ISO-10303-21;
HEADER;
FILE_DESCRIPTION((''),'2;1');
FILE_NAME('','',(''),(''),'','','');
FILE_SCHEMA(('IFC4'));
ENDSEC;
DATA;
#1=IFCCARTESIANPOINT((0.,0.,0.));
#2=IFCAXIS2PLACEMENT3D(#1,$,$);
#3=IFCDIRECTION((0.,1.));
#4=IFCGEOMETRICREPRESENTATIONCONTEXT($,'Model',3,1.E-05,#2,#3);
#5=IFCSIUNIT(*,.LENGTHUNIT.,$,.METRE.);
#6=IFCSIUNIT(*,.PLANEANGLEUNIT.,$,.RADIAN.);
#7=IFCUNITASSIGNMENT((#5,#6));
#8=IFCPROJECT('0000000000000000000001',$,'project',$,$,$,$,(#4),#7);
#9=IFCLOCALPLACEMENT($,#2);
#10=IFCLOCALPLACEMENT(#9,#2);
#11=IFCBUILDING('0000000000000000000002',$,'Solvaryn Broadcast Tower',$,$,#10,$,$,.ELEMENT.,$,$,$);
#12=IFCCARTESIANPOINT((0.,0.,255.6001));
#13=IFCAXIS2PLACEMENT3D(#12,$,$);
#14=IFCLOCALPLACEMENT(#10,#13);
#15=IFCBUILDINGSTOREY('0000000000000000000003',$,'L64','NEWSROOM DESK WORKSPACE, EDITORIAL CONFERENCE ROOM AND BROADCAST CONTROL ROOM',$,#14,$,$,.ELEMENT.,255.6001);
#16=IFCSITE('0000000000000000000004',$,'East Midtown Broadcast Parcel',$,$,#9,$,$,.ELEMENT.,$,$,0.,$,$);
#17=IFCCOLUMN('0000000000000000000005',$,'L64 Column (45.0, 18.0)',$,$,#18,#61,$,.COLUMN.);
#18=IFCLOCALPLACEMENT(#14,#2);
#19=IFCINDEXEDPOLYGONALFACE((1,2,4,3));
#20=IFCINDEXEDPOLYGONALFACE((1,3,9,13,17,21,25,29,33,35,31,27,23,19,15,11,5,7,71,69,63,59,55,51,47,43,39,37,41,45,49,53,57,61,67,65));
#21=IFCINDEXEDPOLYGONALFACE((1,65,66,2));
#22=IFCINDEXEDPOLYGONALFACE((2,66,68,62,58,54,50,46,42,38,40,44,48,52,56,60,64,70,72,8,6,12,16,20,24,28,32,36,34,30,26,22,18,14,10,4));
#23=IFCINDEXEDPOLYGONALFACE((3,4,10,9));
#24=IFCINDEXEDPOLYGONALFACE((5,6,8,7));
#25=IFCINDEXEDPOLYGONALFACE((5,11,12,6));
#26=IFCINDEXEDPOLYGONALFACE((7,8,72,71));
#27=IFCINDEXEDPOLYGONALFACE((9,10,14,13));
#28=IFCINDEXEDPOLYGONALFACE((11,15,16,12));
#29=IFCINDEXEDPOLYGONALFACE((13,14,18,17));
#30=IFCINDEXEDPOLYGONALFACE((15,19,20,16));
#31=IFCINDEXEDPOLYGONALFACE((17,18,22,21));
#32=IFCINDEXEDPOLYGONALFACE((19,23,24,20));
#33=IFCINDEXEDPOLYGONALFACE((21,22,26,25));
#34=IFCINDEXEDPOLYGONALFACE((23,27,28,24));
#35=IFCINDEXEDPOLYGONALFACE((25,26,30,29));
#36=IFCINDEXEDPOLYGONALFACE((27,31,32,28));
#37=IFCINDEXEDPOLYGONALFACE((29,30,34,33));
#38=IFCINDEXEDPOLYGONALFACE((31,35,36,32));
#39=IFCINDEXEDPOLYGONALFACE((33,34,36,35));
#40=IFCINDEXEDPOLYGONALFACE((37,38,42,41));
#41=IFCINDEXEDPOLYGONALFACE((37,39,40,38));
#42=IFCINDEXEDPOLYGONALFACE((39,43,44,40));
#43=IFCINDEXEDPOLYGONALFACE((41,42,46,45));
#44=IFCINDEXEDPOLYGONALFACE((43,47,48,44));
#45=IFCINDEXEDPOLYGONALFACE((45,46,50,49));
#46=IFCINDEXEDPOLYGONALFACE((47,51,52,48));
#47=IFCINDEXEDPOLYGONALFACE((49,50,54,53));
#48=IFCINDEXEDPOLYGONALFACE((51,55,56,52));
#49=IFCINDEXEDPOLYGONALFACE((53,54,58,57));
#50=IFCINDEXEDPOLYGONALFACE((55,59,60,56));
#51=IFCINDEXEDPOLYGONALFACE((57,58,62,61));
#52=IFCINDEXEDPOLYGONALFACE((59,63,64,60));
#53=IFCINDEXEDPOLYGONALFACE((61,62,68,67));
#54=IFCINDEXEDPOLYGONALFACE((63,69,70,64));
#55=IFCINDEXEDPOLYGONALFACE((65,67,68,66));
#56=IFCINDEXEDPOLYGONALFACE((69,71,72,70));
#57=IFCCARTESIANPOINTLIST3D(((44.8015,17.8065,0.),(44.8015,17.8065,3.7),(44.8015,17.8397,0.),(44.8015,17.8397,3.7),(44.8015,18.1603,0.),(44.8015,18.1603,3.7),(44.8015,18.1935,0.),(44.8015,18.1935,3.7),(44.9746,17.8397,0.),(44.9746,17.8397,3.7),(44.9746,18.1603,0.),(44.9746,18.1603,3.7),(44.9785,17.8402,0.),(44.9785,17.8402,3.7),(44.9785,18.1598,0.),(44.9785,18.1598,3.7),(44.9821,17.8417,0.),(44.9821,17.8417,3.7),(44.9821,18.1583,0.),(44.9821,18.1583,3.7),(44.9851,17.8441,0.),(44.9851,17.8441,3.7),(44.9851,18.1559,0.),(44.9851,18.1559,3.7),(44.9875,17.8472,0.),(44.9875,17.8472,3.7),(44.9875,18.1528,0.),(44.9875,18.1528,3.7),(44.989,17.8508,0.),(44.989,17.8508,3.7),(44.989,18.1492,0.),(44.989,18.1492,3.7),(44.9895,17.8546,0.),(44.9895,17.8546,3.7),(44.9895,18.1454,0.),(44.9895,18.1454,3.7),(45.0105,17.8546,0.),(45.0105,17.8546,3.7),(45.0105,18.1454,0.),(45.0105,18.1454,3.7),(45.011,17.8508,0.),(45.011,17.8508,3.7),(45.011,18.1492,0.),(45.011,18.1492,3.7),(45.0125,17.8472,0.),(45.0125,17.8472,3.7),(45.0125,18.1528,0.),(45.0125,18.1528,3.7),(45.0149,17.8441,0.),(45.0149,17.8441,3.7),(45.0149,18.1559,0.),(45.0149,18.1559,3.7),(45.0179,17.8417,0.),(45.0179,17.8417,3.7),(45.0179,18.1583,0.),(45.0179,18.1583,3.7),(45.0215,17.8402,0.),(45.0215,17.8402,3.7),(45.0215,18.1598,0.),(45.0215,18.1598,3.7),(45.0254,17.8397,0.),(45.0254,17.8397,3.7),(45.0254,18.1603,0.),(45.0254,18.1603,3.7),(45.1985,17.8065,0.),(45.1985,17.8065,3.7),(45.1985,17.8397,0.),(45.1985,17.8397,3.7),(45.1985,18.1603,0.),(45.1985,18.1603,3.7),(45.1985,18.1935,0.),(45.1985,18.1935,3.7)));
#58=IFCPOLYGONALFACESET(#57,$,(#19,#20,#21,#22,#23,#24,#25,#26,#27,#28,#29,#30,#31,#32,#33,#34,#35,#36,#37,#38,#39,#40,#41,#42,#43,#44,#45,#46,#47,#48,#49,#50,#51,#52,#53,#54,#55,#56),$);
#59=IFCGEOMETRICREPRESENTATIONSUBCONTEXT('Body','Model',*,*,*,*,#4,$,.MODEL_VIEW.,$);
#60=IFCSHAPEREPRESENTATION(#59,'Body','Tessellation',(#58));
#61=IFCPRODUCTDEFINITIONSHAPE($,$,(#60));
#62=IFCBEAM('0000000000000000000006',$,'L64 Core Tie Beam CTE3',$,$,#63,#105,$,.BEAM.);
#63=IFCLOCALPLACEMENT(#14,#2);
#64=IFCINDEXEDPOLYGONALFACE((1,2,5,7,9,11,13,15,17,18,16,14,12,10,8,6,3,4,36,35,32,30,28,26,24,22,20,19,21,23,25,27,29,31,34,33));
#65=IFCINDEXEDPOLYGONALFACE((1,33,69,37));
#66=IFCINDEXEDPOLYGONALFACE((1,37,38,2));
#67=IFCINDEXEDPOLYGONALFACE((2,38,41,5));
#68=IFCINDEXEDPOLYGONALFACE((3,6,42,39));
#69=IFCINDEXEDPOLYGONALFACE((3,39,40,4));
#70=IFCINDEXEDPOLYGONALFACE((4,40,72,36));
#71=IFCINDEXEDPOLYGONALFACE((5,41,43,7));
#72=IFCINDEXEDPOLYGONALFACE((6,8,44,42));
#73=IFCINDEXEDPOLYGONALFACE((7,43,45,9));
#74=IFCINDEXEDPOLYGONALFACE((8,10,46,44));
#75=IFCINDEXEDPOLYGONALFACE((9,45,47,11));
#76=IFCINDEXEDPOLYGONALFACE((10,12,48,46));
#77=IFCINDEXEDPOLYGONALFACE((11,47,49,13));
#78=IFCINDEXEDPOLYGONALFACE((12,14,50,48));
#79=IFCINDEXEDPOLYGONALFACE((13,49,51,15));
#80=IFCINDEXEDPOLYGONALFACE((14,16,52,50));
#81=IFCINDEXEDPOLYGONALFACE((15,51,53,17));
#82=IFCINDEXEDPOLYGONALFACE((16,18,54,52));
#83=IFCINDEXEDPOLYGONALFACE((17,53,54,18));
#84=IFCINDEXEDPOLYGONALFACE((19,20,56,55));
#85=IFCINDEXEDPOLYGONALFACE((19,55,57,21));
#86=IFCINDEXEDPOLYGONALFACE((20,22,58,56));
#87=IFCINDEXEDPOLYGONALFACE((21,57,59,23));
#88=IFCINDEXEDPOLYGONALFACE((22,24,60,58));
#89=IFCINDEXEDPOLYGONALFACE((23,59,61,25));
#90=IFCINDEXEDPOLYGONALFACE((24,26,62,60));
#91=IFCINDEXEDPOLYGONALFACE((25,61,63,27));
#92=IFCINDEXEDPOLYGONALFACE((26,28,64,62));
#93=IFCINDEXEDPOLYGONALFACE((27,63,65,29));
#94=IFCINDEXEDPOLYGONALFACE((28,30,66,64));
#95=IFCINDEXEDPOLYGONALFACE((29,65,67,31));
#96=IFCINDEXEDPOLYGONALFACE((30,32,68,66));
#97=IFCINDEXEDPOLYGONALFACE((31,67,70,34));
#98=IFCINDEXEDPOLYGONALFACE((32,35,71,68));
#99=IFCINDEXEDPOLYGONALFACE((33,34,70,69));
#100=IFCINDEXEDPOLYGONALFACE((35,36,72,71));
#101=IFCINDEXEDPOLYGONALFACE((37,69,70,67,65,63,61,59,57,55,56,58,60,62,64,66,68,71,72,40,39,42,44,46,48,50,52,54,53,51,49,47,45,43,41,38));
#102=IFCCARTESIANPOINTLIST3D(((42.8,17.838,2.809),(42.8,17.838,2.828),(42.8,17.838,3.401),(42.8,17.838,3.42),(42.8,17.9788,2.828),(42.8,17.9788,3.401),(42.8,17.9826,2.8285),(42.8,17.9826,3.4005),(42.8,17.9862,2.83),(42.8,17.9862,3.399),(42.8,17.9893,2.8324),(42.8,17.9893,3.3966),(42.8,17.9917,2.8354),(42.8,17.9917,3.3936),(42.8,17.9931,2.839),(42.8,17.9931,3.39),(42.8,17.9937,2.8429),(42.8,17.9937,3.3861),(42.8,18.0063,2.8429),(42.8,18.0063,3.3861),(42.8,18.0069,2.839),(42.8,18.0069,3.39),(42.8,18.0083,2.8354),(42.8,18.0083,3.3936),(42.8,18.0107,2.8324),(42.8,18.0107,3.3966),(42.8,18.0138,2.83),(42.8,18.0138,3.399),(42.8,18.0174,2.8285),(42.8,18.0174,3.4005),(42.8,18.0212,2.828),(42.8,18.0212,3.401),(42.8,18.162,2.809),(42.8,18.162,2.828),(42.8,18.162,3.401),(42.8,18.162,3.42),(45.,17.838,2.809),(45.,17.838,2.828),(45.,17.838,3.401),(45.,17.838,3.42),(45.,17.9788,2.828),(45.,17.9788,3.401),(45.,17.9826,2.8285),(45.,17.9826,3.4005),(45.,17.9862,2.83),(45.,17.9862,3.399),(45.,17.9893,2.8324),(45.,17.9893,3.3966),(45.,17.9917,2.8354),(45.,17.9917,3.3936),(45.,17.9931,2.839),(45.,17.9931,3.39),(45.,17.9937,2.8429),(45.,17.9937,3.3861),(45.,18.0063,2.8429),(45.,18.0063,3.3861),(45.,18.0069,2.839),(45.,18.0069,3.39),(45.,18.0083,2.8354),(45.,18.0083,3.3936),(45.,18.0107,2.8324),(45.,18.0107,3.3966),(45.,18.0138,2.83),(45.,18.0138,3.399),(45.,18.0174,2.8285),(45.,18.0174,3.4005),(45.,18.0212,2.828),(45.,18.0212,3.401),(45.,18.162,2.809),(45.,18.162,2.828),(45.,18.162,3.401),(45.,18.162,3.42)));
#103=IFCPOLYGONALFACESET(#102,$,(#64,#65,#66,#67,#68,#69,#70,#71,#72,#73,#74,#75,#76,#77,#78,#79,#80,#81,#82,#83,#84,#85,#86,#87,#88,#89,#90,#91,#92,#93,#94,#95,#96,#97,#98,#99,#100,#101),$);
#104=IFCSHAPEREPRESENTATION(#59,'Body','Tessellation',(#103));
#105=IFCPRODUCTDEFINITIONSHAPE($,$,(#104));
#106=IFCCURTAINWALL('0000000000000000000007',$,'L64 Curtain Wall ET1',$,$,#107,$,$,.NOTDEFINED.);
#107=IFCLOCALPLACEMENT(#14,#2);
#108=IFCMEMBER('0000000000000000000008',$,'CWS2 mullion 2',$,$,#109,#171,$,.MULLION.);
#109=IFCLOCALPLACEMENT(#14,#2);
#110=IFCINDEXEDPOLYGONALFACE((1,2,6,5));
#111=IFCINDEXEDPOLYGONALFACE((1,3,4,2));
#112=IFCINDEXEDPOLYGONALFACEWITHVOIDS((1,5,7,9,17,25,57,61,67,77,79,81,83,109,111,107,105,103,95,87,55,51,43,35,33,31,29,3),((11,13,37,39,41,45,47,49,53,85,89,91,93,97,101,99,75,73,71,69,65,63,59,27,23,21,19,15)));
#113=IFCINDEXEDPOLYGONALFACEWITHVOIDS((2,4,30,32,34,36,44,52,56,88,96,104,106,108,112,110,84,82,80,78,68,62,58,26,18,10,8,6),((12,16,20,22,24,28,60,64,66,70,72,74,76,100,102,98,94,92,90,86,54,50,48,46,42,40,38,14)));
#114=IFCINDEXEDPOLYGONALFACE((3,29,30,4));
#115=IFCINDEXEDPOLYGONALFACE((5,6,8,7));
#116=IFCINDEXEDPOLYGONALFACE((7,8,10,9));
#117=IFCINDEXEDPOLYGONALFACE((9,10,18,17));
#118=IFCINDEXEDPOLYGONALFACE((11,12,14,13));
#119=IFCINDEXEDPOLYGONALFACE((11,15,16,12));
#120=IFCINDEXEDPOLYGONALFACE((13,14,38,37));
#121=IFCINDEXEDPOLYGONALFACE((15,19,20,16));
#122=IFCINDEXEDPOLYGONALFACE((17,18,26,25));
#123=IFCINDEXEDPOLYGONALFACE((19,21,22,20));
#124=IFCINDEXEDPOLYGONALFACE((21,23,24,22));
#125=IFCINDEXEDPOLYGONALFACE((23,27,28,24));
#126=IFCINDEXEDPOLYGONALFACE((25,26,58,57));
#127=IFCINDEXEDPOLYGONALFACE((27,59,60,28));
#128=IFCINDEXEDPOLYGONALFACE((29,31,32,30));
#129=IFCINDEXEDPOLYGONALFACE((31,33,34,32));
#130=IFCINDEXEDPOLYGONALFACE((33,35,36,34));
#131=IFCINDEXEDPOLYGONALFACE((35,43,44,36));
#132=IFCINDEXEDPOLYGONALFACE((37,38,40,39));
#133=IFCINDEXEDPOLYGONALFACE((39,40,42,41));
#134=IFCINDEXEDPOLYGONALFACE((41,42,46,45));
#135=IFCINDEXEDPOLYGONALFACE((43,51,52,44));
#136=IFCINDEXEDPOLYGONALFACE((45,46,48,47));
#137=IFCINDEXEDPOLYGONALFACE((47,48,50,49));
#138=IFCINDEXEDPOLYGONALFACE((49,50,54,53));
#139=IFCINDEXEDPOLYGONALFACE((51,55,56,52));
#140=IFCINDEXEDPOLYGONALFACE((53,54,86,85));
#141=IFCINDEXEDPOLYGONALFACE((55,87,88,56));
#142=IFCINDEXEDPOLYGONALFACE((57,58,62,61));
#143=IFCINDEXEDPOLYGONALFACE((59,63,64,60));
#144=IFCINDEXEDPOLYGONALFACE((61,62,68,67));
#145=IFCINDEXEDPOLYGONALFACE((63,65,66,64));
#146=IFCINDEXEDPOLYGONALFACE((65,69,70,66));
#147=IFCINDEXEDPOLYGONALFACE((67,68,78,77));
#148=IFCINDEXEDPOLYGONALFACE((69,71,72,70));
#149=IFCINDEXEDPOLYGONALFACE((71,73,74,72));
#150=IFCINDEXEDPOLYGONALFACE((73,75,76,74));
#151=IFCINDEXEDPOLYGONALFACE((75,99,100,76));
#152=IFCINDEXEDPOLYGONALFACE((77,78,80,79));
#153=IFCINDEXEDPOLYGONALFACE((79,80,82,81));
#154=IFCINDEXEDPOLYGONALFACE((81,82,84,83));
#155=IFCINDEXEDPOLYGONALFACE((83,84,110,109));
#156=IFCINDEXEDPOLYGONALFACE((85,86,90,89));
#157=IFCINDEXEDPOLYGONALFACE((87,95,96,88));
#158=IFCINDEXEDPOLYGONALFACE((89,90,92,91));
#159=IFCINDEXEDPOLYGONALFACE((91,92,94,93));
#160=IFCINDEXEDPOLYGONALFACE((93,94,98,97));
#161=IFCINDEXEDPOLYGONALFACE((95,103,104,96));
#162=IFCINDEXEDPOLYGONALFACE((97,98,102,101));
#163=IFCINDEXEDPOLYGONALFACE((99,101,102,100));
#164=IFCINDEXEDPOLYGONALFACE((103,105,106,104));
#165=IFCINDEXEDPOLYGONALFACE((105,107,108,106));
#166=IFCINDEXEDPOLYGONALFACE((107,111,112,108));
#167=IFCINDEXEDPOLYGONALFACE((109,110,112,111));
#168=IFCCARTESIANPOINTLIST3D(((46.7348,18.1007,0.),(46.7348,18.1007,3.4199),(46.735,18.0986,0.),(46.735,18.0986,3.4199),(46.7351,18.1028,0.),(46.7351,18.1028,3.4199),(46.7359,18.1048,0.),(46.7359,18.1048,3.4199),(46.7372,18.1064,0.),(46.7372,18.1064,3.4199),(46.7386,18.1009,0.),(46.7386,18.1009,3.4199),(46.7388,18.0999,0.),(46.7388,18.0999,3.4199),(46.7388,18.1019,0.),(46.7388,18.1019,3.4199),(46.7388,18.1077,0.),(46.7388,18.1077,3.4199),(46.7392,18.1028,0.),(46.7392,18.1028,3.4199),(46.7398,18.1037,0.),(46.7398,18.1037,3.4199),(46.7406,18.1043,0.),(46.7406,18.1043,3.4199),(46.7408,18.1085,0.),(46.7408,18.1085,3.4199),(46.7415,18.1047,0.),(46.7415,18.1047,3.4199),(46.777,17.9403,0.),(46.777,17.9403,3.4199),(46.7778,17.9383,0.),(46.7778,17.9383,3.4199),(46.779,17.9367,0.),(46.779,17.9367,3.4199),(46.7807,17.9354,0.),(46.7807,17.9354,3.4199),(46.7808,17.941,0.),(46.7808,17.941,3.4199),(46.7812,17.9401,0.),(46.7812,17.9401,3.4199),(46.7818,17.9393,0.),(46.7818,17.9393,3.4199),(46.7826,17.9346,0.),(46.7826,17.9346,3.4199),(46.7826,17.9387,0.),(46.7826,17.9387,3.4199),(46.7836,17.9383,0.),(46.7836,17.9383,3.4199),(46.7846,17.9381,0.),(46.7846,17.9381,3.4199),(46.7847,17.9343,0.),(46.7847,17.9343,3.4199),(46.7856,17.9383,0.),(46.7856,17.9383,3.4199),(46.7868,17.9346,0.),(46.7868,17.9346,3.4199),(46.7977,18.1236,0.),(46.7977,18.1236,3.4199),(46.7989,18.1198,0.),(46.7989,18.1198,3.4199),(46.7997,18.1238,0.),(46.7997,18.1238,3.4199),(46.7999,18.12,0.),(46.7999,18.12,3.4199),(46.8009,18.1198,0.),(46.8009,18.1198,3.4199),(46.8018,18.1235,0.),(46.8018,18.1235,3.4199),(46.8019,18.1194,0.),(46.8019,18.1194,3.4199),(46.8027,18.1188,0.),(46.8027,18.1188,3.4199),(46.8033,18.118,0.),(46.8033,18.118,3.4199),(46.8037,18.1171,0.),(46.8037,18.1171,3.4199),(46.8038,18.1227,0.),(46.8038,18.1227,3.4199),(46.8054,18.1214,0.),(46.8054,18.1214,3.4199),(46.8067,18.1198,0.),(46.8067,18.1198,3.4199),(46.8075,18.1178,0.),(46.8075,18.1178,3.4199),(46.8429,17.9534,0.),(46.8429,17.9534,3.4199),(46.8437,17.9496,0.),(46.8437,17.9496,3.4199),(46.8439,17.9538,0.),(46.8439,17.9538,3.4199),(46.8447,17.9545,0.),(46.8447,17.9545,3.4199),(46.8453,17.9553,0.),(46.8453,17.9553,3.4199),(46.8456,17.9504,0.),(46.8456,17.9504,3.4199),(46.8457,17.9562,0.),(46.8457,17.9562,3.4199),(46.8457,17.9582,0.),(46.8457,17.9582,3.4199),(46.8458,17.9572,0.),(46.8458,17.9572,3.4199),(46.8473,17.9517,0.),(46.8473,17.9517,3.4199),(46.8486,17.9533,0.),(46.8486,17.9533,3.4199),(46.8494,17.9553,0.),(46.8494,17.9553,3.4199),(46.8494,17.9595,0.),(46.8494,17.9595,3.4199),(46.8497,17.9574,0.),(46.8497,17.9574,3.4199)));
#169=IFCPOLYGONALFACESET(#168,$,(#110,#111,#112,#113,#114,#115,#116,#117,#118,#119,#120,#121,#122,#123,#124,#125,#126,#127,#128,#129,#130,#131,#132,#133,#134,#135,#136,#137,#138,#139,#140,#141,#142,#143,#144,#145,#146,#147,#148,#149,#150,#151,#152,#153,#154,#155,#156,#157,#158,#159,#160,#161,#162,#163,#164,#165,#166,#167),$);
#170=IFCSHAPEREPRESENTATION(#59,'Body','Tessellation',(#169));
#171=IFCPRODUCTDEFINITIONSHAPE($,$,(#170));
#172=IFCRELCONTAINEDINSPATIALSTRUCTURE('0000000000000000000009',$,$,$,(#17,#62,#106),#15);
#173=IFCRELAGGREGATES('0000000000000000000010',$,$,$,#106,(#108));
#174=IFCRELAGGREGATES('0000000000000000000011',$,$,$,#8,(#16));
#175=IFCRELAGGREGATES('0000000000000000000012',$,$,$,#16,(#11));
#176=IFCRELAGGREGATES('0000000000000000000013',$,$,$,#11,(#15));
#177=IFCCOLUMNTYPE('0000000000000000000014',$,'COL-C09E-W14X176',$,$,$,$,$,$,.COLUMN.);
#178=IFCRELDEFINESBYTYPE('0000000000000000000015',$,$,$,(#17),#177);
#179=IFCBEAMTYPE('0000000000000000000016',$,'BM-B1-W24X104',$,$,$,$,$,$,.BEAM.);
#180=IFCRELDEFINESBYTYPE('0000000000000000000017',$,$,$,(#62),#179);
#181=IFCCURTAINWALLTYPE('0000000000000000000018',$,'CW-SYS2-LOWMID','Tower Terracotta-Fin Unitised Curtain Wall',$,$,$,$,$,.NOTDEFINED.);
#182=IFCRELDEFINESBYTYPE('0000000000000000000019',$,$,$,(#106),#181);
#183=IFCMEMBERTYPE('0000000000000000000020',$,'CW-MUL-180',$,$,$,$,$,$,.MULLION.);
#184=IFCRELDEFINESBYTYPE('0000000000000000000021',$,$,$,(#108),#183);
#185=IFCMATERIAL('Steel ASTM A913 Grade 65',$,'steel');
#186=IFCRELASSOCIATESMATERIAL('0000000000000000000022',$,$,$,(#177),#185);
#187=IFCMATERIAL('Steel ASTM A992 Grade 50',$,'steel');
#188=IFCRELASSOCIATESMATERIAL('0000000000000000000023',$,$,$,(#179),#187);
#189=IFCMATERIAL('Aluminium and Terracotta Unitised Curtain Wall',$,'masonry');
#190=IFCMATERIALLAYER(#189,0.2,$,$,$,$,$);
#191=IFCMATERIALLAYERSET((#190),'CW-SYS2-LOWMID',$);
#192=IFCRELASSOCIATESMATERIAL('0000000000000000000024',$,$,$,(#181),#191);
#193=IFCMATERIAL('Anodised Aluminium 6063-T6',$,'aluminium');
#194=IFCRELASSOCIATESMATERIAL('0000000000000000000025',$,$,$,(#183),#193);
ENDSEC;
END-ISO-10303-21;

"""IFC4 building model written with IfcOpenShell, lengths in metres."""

from ifc_helpers import new_model, si_unit, direction, frame, origin, origin_2d, place, context, subcontext, project, spatial, hollow_rectangle, i_section, extrude, material, layer, layer_set, material_profile, profile_set, type_object, element, aggregate, save


model = new_model("IFC4")

# Units and contexts
model_context = context("Model", 3, precision=1e-05, world=origin(), true_north=direction((0.0, 1.0)))
body_context = subcontext(model_context, "Body", "Model", "MODEL_VIEW")
ifc_project = project(units=[si_unit("LENGTHUNIT", "METRE"), si_unit("PLANEANGLEUNIT", "RADIAN")], contexts=[model_context])

# Site, building, storey
site_placement = place(None, origin())
site = spatial("IfcSite", under=ifc_project, at=site_placement, Name="East Midtown Broadcast Parcel", CompositionType="ELEMENT", RefElevation=0.0)
building_placement = place(site_placement, origin())
building = spatial("IfcBuilding", under=site, at=building_placement, Name="Solvaryn Broadcast Tower", CompositionType="ELEMENT")
storey_placement = place(building_placement, frame((0.0, 0.0, 255.6001)))
storey = spatial("IfcBuildingStorey", under=building, at=storey_placement, Name="L64", Description="NEWSROOM DESK WORKSPACE, EDITORIAL CONFERENCE ROOM AND BROADCAST CONTROL ROOM", CompositionType="ELEMENT", Elevation=255.6001)

# Column
ifc_material_1 = material(Name="Steel ASTM A913 Grade 65", Category="steel")
ifc_material_profile_1 = material_profile(ifc_material_1, i_section(OverallWidth=0.397, OverallDepth=0.387, WebThickness=0.021, FlangeThickness=0.0332, FilletRadius=0.0149, at=origin_2d()))
ifc_profile_set_1 = profile_set([ifc_material_profile_1], Name="Steel ASTM A913 Grade 65")
column_type = type_object("IfcColumnType", Name="COL-C09E-W14X176", PredefinedType="COLUMN", material=ifc_profile_set_1)
column_placement = place(storey_placement, frame((45.0, 18.0, 0.0), z_axis=(0.0, 0.0, 1.0), x_axis=(1.0, 0.0, 0.0)))
element("IfcColumn", 1, at=column_placement, inside=storey, type_object=column_type, Name="L64 Column (45.0, 18.0)", PredefinedType="COLUMN", context=body_context, shape_type="SweptSolid", body=[
    extrude(i_section(OverallWidth=0.397, OverallDepth=0.387, WebThickness=0.021, FlangeThickness=0.0332, FilletRadius=0.0149, at=origin_2d()), origin(), (0.0, 0.0, 1.0), 3.7),
])

# Beam
ifc_material_2 = material(Name="Steel ASTM A992 Grade 50", Category="steel")
ifc_material_profile_2 = material_profile(ifc_material_2, i_section(OverallWidth=0.324, OverallDepth=0.6111, WebThickness=0.0127, FlangeThickness=0.019, FilletRadius=0.0149, at=origin_2d()))
ifc_profile_set_2 = profile_set([ifc_material_profile_2], Name="Steel ASTM A992 Grade 50")
beam_type = type_object("IfcBeamType", Name="BM-B1-W24X104", PredefinedType="BEAM", material=ifc_profile_set_2)
beam_placement = place(storey_placement, frame((42.8, 18.0, 3.1145), z_axis=(1.0, 0.0, 0.0), x_axis=(0.0, 1.0, 0.0)))
element("IfcBeam", 2, at=beam_placement, inside=storey, type_object=beam_type, Name="L64 Core Tie Beam CTE3", PredefinedType="BEAM", context=body_context, shape_type="SweptSolid", body=[
    extrude(i_section(OverallWidth=0.324, OverallDepth=0.6111, WebThickness=0.0127, FlangeThickness=0.019, FilletRadius=0.0149, at=origin_2d()), origin(), (0.0, 0.0, 1.0), 2.2),
])

# Curtain wall, member
ifc_material_3 = material(Name="Aluminium and Terracotta Unitised Curtain Wall", Category="masonry")
ifc_layer_1 = layer(ifc_material_3, 0.2)
ifc_layer_set_1 = layer_set([ifc_layer_1], Name="CW-SYS2-LOWMID")
curtain_wall_type = type_object("IfcCurtainWallType", Name="CW-SYS2-LOWMID", Description="Tower Terracotta-Fin Unitised Curtain Wall", PredefinedType="NOTDEFINED", material=ifc_layer_set_1)
curtain_wall_1_placement = place(storey_placement, origin())
curtain_wall_1 = element("IfcCurtainWall", 3, at=curtain_wall_1_placement, inside=storey, type_object=curtain_wall_type, Name="L64 Curtain Wall ET1", PredefinedType="NOTDEFINED")
ifc_material_4 = material(Name="Anodised Aluminium 6063-T6", Category="aluminium")
ifc_material_profile_3 = material_profile(ifc_material_4, hollow_rectangle(XDim=0.075, YDim=0.1799, WallThickness=0.0039, InnerFilletRadius=0.0039, OuterFilletRadius=0.0081, at=origin_2d()))
ifc_profile_set_3 = profile_set([ifc_material_profile_3], Name="Anodised Aluminium 6063-T6")
member_type_1 = type_object("IfcMemberType", Name="CW-MUL-180", PredefinedType="MULLION", material=ifc_profile_set_3)
member_1_placement = place(storey_placement, frame((46.7922, 18.0291, 0.0), z_axis=(0.0, 0.0, 1.0), x_axis=(0.966705, 0.255893, 0.0)))
member_1 = element("IfcMember", 4, at=member_1_placement, type_object=member_type_1, Name="CWS2 mullion 2", PredefinedType="MULLION", context=body_context, shape_type="SweptSolid", body=[
    extrude(hollow_rectangle(XDim=0.075, YDim=0.1799, WallThickness=0.0039, InnerFilletRadius=0.0039, OuterFilletRadius=0.0081, at=origin_2d()), origin(), (0.0, 0.0, 1.0), 3.4199),
])
aggregate(curtain_wall_1, [member_1])

save(model, "model.ifc")
